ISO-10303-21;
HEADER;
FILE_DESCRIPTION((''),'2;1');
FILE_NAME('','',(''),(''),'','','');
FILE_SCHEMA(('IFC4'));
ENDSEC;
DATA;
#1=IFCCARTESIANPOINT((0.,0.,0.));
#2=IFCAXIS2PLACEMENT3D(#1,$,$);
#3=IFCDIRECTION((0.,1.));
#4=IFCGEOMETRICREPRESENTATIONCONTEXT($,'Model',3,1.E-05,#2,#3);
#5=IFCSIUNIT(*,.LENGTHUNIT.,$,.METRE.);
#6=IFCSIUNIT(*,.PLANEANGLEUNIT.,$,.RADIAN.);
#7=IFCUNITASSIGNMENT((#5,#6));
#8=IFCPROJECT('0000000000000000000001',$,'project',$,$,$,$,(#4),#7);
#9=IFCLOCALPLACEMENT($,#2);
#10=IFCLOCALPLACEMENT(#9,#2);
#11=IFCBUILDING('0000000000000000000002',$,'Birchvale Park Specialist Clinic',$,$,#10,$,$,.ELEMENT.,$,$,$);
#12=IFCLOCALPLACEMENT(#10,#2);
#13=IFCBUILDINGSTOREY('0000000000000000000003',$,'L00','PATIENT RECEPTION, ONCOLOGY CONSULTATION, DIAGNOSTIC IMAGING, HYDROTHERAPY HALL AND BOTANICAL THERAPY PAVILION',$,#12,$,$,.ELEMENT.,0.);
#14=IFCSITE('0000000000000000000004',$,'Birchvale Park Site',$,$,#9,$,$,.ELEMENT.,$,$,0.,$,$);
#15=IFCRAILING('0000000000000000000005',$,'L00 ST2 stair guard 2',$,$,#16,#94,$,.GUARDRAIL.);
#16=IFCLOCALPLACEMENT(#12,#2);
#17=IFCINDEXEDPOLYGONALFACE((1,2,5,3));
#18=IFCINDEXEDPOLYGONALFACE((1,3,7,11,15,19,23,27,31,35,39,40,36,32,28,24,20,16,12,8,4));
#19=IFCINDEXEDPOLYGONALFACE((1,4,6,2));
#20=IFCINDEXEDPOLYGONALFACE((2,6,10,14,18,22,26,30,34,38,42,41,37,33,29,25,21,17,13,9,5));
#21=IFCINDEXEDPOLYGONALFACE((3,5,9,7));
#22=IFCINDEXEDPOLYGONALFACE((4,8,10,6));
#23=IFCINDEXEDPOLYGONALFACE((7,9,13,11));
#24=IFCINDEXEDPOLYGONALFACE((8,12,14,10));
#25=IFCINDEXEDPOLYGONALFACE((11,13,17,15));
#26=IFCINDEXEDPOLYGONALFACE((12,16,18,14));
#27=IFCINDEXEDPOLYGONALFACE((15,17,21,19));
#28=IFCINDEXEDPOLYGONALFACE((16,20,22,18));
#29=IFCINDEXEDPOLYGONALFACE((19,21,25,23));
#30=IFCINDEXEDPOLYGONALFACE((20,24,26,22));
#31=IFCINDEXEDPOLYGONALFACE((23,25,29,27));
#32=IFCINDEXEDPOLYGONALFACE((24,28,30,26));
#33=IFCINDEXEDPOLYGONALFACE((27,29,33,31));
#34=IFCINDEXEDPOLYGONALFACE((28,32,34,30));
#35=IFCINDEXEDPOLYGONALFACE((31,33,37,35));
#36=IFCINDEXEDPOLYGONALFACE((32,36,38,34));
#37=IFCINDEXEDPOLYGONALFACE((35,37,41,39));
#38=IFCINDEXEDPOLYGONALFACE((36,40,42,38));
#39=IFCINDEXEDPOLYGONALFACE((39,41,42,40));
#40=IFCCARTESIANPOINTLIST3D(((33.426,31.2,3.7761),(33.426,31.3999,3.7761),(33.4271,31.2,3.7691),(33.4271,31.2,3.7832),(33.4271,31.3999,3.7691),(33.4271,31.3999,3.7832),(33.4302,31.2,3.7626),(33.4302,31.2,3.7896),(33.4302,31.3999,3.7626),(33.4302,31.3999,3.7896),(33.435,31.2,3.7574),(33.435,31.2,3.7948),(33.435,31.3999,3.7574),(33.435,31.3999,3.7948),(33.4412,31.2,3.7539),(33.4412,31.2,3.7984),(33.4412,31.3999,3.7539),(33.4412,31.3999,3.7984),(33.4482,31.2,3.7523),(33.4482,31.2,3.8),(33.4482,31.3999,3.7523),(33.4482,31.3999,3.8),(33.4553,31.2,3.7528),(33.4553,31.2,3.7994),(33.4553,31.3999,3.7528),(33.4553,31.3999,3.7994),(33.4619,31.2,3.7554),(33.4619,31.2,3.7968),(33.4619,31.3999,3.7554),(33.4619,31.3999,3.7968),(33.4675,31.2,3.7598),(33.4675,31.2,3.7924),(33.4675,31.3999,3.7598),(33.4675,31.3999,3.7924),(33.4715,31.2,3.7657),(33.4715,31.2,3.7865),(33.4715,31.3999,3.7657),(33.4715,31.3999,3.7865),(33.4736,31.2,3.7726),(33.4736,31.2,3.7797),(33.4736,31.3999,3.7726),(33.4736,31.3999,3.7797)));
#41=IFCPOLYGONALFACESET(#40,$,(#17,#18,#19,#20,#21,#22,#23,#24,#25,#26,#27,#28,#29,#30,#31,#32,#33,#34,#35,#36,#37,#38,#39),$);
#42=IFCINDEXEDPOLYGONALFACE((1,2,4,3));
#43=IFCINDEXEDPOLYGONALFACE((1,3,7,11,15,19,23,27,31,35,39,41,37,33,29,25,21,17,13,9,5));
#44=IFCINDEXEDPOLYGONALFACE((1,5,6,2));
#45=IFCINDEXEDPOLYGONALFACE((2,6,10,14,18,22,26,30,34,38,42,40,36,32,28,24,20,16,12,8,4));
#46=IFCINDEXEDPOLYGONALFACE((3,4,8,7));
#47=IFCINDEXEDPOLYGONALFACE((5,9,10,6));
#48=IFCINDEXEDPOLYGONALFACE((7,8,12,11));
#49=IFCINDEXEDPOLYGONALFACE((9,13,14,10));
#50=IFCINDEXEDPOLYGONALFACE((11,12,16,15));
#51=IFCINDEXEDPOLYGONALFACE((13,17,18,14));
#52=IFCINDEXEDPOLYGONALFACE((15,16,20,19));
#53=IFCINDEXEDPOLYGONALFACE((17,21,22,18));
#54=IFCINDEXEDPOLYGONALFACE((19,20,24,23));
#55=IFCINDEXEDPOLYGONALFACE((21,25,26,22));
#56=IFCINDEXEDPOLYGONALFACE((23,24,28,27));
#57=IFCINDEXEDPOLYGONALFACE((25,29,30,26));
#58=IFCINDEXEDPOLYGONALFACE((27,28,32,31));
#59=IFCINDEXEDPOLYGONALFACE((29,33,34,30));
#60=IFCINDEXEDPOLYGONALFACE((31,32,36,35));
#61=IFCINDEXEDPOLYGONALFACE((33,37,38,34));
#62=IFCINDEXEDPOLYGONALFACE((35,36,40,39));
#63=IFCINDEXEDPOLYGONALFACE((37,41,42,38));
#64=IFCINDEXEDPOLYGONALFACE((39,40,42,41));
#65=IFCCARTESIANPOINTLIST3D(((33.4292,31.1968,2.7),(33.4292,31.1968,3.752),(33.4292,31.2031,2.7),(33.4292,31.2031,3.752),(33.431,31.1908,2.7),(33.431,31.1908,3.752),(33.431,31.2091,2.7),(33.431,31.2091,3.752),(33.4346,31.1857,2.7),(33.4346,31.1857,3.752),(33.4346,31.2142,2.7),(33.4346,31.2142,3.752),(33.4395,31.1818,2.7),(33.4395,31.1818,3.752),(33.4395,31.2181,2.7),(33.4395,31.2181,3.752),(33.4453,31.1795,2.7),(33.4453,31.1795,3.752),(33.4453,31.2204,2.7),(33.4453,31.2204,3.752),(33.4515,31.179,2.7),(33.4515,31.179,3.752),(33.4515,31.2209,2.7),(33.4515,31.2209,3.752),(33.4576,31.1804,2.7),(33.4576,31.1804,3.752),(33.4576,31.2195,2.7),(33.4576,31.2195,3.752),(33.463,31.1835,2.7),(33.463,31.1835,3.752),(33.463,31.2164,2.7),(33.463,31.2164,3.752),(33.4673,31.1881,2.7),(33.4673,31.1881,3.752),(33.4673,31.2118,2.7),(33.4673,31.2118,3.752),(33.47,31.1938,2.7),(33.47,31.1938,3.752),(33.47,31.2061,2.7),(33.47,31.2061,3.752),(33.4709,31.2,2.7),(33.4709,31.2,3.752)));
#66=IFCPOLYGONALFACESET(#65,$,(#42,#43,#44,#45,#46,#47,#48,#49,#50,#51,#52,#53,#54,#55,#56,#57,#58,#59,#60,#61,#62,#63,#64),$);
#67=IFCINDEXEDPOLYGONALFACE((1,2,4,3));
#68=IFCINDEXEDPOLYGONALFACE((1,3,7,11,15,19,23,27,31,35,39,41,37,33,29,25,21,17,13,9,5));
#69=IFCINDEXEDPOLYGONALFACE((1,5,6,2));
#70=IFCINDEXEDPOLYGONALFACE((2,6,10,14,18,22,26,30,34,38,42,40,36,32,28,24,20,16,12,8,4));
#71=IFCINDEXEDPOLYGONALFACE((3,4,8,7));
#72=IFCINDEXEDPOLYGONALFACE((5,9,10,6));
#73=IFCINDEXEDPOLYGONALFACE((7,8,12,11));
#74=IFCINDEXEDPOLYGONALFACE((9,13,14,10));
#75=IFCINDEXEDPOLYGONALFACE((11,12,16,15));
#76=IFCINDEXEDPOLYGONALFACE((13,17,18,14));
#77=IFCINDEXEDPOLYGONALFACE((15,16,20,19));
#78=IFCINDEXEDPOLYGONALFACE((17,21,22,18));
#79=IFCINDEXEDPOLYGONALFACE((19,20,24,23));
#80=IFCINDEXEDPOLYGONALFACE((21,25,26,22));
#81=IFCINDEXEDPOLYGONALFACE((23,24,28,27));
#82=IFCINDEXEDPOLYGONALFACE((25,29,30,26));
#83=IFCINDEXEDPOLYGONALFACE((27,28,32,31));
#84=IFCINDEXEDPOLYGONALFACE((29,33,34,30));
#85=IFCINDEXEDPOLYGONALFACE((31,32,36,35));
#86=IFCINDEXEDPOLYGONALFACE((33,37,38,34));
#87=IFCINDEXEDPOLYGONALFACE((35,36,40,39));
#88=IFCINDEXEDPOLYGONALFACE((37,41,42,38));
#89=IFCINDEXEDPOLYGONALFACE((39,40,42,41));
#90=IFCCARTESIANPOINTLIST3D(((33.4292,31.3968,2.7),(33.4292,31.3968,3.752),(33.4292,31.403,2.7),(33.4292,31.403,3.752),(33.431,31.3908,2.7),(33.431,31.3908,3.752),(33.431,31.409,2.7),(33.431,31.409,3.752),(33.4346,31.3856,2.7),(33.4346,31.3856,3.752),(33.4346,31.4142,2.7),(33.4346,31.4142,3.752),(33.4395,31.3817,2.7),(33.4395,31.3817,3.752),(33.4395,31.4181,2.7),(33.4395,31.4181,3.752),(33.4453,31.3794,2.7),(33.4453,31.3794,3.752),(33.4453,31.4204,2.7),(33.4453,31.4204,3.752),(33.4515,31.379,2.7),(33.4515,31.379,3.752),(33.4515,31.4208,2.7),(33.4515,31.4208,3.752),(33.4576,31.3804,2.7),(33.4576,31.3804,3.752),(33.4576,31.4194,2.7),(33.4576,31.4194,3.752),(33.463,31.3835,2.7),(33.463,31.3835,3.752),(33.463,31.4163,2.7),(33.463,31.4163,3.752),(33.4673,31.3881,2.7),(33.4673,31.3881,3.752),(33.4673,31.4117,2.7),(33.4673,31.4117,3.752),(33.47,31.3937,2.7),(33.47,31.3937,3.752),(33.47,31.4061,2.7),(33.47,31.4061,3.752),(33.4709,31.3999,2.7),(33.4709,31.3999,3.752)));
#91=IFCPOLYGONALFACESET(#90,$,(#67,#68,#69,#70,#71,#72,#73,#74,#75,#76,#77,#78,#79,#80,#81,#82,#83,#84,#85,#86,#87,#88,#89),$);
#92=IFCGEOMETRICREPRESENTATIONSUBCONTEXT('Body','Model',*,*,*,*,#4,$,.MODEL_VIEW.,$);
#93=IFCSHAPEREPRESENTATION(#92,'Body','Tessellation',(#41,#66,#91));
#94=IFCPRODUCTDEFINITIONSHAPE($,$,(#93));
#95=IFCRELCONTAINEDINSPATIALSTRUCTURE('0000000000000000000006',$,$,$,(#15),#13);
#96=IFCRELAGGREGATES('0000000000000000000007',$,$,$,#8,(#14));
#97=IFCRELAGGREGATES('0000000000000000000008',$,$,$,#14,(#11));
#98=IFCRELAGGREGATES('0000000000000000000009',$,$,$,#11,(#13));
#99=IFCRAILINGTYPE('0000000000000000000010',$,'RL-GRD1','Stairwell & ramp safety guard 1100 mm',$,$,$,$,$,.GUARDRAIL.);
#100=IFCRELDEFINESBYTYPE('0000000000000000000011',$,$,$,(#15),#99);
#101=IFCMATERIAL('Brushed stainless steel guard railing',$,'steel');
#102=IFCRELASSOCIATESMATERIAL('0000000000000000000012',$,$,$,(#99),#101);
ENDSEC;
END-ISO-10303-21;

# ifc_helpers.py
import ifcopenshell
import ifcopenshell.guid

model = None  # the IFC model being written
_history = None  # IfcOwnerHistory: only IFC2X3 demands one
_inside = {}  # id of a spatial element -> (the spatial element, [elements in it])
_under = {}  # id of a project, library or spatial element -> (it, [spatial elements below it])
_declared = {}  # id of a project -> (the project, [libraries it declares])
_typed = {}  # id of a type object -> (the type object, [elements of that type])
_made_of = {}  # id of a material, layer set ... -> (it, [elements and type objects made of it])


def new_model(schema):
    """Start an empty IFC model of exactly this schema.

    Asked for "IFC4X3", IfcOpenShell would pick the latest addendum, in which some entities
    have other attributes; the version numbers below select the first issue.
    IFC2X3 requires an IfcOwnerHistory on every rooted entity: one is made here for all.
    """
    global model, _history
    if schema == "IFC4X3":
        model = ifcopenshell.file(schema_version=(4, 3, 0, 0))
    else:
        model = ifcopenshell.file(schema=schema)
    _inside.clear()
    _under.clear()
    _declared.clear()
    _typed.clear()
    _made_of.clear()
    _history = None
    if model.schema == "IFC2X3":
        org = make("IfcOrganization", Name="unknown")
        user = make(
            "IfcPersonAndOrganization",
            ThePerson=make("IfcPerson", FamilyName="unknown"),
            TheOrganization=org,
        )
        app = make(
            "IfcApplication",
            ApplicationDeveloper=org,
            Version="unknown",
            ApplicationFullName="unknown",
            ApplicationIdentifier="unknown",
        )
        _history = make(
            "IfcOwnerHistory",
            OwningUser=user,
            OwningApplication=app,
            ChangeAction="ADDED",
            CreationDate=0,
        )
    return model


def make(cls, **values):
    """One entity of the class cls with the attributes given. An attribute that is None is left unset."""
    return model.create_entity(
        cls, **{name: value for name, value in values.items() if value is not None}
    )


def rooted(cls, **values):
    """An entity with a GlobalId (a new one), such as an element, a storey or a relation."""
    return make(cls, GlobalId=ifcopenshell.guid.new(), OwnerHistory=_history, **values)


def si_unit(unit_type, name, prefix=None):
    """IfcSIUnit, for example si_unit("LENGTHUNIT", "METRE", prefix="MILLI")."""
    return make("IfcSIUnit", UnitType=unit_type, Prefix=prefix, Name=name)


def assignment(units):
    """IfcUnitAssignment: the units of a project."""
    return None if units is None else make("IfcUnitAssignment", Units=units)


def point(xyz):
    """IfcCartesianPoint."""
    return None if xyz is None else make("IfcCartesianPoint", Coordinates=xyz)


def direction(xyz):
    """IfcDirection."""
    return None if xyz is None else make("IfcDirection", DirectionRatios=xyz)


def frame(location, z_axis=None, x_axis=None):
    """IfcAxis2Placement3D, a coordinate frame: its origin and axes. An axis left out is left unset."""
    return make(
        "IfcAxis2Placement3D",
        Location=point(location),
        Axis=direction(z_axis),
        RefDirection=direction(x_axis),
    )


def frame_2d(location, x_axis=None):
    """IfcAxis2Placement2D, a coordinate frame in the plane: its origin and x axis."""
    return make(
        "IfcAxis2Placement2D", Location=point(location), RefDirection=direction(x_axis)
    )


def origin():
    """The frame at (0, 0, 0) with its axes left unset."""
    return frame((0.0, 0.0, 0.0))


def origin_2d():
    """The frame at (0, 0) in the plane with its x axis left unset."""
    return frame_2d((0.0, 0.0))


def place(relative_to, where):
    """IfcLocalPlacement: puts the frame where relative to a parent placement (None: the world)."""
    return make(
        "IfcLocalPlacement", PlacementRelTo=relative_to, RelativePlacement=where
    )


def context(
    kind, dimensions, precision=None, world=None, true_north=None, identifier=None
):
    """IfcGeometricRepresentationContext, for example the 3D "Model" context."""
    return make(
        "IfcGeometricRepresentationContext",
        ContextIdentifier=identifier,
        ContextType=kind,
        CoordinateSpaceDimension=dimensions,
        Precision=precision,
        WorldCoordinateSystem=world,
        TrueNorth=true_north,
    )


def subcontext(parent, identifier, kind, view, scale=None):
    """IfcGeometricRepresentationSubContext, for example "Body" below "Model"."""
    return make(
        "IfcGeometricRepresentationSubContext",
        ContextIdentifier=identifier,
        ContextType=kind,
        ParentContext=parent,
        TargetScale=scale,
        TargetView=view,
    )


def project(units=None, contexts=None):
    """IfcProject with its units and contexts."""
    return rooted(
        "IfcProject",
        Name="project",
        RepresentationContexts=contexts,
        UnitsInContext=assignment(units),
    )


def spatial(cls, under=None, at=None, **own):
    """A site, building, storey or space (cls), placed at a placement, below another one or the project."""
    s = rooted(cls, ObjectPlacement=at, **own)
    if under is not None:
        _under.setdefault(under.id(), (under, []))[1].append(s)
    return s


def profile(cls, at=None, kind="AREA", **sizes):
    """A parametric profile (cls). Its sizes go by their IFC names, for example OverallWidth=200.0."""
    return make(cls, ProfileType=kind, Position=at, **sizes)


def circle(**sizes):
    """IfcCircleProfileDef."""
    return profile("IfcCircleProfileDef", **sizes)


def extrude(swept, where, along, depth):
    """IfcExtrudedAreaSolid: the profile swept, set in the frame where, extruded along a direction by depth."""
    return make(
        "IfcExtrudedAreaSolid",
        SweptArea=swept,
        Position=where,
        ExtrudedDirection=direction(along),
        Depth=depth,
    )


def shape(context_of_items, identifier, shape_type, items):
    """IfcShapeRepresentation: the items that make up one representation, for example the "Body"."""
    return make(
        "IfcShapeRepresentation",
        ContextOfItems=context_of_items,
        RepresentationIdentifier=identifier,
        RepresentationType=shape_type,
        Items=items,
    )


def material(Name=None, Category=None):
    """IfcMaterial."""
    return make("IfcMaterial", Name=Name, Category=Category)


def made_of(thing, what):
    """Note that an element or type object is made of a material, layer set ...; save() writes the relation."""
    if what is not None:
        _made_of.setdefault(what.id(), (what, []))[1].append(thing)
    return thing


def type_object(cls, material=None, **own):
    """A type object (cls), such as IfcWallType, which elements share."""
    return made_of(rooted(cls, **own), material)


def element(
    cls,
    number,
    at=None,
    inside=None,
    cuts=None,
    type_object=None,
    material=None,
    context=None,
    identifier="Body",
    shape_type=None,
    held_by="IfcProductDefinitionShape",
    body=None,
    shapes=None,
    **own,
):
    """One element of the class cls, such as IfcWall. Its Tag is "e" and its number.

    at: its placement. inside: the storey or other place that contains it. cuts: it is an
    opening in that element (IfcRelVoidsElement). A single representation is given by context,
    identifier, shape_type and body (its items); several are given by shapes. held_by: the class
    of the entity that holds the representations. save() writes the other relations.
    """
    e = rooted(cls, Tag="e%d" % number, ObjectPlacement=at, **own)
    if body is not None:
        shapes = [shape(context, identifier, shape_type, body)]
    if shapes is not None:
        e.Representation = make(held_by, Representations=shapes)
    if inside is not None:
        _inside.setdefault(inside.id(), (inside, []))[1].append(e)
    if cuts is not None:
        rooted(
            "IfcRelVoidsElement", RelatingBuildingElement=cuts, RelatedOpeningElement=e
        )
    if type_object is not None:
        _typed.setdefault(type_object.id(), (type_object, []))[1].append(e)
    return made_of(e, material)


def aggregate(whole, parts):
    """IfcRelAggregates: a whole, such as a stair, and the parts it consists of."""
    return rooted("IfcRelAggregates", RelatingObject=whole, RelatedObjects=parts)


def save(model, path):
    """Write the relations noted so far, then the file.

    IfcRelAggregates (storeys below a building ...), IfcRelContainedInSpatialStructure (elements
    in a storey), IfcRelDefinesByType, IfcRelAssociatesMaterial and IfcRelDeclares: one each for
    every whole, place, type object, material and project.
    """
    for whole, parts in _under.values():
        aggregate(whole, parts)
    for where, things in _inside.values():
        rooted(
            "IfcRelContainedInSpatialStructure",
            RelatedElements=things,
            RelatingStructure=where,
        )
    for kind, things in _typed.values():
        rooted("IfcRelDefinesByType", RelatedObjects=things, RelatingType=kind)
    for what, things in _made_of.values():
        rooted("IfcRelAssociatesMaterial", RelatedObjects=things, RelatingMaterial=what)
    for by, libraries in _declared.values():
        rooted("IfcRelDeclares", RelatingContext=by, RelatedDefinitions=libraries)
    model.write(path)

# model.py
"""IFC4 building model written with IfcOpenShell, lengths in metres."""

from ifc_helpers import new_model, si_unit, direction, frame, origin, origin_2d, place, context, subcontext, project, spatial, circle, extrude, material, type_object, element, save


model = new_model("IFC4")

# Units and contexts
model_context = context("Model", 3, precision=1e-05, world=origin(), true_north=direction((0.0, 1.0)))
body_context = subcontext(model_context, "Body", "Model", "MODEL_VIEW")
ifc_project = project(units=[si_unit("LENGTHUNIT", "METRE"), si_unit("PLANEANGLEUNIT", "RADIAN")], contexts=[model_context])

# Site, building, storey
site_placement = place(None, origin())
site = spatial("IfcSite", under=ifc_project, at=site_placement, Name="Birchvale Park Site", CompositionType="ELEMENT", RefElevation=0.0)
building_placement = place(site_placement, origin())
building = spatial("IfcBuilding", under=site, at=building_placement, Name="Birchvale Park Specialist Clinic", CompositionType="ELEMENT")
storey_placement = place(building_placement, origin())
storey = spatial("IfcBuildingStorey", under=building, at=storey_placement, Name="L00", Description="PATIENT RECEPTION, ONCOLOGY CONSULTATION, DIAGNOSTIC IMAGING, HYDROTHERAPY HALL AND BOTANICAL THERAPY PAVILION", CompositionType="ELEMENT", Elevation=0.0)

# Railing
ifc_material_1 = material(Name="Brushed stainless steel guard railing", Category="steel")
railing_type_1 = type_object("IfcRailingType", Name="RL-GRD1", Description="Stairwell & ramp safety guard 1100 mm", PredefinedType="GUARDRAIL", material=ifc_material_1)
railing_1_placement = place(storey_placement, frame((33.45, 31.2, 2.7)))
element("IfcRailing", 1, at=railing_1_placement, inside=storey, type_object=railing_type_1, Name="L00 ST2 stair guard 2", PredefinedType="GUARDRAIL", context=body_context, shape_type="SweptSolid", body=[
    extrude(circle(Radius=0.0239, at=origin_2d()), frame((0.0, 0.0, 1.0762), z_axis=(0.0, 1.0, 0.0), x_axis=(-1.0, 0.0, 0.0)), (0.0, 0.0, 1.0), 0.2),
    extrude(circle(Radius=0.021, at=origin_2d()), origin(), (0.0, 0.0, 1.0), 1.052),
    extrude(circle(Radius=0.021, at=origin_2d()), frame((0.0, 0.2, 0.0)), (0.0, 0.0, 1.0), 1.052),
])

save(model, "model.ifc")
